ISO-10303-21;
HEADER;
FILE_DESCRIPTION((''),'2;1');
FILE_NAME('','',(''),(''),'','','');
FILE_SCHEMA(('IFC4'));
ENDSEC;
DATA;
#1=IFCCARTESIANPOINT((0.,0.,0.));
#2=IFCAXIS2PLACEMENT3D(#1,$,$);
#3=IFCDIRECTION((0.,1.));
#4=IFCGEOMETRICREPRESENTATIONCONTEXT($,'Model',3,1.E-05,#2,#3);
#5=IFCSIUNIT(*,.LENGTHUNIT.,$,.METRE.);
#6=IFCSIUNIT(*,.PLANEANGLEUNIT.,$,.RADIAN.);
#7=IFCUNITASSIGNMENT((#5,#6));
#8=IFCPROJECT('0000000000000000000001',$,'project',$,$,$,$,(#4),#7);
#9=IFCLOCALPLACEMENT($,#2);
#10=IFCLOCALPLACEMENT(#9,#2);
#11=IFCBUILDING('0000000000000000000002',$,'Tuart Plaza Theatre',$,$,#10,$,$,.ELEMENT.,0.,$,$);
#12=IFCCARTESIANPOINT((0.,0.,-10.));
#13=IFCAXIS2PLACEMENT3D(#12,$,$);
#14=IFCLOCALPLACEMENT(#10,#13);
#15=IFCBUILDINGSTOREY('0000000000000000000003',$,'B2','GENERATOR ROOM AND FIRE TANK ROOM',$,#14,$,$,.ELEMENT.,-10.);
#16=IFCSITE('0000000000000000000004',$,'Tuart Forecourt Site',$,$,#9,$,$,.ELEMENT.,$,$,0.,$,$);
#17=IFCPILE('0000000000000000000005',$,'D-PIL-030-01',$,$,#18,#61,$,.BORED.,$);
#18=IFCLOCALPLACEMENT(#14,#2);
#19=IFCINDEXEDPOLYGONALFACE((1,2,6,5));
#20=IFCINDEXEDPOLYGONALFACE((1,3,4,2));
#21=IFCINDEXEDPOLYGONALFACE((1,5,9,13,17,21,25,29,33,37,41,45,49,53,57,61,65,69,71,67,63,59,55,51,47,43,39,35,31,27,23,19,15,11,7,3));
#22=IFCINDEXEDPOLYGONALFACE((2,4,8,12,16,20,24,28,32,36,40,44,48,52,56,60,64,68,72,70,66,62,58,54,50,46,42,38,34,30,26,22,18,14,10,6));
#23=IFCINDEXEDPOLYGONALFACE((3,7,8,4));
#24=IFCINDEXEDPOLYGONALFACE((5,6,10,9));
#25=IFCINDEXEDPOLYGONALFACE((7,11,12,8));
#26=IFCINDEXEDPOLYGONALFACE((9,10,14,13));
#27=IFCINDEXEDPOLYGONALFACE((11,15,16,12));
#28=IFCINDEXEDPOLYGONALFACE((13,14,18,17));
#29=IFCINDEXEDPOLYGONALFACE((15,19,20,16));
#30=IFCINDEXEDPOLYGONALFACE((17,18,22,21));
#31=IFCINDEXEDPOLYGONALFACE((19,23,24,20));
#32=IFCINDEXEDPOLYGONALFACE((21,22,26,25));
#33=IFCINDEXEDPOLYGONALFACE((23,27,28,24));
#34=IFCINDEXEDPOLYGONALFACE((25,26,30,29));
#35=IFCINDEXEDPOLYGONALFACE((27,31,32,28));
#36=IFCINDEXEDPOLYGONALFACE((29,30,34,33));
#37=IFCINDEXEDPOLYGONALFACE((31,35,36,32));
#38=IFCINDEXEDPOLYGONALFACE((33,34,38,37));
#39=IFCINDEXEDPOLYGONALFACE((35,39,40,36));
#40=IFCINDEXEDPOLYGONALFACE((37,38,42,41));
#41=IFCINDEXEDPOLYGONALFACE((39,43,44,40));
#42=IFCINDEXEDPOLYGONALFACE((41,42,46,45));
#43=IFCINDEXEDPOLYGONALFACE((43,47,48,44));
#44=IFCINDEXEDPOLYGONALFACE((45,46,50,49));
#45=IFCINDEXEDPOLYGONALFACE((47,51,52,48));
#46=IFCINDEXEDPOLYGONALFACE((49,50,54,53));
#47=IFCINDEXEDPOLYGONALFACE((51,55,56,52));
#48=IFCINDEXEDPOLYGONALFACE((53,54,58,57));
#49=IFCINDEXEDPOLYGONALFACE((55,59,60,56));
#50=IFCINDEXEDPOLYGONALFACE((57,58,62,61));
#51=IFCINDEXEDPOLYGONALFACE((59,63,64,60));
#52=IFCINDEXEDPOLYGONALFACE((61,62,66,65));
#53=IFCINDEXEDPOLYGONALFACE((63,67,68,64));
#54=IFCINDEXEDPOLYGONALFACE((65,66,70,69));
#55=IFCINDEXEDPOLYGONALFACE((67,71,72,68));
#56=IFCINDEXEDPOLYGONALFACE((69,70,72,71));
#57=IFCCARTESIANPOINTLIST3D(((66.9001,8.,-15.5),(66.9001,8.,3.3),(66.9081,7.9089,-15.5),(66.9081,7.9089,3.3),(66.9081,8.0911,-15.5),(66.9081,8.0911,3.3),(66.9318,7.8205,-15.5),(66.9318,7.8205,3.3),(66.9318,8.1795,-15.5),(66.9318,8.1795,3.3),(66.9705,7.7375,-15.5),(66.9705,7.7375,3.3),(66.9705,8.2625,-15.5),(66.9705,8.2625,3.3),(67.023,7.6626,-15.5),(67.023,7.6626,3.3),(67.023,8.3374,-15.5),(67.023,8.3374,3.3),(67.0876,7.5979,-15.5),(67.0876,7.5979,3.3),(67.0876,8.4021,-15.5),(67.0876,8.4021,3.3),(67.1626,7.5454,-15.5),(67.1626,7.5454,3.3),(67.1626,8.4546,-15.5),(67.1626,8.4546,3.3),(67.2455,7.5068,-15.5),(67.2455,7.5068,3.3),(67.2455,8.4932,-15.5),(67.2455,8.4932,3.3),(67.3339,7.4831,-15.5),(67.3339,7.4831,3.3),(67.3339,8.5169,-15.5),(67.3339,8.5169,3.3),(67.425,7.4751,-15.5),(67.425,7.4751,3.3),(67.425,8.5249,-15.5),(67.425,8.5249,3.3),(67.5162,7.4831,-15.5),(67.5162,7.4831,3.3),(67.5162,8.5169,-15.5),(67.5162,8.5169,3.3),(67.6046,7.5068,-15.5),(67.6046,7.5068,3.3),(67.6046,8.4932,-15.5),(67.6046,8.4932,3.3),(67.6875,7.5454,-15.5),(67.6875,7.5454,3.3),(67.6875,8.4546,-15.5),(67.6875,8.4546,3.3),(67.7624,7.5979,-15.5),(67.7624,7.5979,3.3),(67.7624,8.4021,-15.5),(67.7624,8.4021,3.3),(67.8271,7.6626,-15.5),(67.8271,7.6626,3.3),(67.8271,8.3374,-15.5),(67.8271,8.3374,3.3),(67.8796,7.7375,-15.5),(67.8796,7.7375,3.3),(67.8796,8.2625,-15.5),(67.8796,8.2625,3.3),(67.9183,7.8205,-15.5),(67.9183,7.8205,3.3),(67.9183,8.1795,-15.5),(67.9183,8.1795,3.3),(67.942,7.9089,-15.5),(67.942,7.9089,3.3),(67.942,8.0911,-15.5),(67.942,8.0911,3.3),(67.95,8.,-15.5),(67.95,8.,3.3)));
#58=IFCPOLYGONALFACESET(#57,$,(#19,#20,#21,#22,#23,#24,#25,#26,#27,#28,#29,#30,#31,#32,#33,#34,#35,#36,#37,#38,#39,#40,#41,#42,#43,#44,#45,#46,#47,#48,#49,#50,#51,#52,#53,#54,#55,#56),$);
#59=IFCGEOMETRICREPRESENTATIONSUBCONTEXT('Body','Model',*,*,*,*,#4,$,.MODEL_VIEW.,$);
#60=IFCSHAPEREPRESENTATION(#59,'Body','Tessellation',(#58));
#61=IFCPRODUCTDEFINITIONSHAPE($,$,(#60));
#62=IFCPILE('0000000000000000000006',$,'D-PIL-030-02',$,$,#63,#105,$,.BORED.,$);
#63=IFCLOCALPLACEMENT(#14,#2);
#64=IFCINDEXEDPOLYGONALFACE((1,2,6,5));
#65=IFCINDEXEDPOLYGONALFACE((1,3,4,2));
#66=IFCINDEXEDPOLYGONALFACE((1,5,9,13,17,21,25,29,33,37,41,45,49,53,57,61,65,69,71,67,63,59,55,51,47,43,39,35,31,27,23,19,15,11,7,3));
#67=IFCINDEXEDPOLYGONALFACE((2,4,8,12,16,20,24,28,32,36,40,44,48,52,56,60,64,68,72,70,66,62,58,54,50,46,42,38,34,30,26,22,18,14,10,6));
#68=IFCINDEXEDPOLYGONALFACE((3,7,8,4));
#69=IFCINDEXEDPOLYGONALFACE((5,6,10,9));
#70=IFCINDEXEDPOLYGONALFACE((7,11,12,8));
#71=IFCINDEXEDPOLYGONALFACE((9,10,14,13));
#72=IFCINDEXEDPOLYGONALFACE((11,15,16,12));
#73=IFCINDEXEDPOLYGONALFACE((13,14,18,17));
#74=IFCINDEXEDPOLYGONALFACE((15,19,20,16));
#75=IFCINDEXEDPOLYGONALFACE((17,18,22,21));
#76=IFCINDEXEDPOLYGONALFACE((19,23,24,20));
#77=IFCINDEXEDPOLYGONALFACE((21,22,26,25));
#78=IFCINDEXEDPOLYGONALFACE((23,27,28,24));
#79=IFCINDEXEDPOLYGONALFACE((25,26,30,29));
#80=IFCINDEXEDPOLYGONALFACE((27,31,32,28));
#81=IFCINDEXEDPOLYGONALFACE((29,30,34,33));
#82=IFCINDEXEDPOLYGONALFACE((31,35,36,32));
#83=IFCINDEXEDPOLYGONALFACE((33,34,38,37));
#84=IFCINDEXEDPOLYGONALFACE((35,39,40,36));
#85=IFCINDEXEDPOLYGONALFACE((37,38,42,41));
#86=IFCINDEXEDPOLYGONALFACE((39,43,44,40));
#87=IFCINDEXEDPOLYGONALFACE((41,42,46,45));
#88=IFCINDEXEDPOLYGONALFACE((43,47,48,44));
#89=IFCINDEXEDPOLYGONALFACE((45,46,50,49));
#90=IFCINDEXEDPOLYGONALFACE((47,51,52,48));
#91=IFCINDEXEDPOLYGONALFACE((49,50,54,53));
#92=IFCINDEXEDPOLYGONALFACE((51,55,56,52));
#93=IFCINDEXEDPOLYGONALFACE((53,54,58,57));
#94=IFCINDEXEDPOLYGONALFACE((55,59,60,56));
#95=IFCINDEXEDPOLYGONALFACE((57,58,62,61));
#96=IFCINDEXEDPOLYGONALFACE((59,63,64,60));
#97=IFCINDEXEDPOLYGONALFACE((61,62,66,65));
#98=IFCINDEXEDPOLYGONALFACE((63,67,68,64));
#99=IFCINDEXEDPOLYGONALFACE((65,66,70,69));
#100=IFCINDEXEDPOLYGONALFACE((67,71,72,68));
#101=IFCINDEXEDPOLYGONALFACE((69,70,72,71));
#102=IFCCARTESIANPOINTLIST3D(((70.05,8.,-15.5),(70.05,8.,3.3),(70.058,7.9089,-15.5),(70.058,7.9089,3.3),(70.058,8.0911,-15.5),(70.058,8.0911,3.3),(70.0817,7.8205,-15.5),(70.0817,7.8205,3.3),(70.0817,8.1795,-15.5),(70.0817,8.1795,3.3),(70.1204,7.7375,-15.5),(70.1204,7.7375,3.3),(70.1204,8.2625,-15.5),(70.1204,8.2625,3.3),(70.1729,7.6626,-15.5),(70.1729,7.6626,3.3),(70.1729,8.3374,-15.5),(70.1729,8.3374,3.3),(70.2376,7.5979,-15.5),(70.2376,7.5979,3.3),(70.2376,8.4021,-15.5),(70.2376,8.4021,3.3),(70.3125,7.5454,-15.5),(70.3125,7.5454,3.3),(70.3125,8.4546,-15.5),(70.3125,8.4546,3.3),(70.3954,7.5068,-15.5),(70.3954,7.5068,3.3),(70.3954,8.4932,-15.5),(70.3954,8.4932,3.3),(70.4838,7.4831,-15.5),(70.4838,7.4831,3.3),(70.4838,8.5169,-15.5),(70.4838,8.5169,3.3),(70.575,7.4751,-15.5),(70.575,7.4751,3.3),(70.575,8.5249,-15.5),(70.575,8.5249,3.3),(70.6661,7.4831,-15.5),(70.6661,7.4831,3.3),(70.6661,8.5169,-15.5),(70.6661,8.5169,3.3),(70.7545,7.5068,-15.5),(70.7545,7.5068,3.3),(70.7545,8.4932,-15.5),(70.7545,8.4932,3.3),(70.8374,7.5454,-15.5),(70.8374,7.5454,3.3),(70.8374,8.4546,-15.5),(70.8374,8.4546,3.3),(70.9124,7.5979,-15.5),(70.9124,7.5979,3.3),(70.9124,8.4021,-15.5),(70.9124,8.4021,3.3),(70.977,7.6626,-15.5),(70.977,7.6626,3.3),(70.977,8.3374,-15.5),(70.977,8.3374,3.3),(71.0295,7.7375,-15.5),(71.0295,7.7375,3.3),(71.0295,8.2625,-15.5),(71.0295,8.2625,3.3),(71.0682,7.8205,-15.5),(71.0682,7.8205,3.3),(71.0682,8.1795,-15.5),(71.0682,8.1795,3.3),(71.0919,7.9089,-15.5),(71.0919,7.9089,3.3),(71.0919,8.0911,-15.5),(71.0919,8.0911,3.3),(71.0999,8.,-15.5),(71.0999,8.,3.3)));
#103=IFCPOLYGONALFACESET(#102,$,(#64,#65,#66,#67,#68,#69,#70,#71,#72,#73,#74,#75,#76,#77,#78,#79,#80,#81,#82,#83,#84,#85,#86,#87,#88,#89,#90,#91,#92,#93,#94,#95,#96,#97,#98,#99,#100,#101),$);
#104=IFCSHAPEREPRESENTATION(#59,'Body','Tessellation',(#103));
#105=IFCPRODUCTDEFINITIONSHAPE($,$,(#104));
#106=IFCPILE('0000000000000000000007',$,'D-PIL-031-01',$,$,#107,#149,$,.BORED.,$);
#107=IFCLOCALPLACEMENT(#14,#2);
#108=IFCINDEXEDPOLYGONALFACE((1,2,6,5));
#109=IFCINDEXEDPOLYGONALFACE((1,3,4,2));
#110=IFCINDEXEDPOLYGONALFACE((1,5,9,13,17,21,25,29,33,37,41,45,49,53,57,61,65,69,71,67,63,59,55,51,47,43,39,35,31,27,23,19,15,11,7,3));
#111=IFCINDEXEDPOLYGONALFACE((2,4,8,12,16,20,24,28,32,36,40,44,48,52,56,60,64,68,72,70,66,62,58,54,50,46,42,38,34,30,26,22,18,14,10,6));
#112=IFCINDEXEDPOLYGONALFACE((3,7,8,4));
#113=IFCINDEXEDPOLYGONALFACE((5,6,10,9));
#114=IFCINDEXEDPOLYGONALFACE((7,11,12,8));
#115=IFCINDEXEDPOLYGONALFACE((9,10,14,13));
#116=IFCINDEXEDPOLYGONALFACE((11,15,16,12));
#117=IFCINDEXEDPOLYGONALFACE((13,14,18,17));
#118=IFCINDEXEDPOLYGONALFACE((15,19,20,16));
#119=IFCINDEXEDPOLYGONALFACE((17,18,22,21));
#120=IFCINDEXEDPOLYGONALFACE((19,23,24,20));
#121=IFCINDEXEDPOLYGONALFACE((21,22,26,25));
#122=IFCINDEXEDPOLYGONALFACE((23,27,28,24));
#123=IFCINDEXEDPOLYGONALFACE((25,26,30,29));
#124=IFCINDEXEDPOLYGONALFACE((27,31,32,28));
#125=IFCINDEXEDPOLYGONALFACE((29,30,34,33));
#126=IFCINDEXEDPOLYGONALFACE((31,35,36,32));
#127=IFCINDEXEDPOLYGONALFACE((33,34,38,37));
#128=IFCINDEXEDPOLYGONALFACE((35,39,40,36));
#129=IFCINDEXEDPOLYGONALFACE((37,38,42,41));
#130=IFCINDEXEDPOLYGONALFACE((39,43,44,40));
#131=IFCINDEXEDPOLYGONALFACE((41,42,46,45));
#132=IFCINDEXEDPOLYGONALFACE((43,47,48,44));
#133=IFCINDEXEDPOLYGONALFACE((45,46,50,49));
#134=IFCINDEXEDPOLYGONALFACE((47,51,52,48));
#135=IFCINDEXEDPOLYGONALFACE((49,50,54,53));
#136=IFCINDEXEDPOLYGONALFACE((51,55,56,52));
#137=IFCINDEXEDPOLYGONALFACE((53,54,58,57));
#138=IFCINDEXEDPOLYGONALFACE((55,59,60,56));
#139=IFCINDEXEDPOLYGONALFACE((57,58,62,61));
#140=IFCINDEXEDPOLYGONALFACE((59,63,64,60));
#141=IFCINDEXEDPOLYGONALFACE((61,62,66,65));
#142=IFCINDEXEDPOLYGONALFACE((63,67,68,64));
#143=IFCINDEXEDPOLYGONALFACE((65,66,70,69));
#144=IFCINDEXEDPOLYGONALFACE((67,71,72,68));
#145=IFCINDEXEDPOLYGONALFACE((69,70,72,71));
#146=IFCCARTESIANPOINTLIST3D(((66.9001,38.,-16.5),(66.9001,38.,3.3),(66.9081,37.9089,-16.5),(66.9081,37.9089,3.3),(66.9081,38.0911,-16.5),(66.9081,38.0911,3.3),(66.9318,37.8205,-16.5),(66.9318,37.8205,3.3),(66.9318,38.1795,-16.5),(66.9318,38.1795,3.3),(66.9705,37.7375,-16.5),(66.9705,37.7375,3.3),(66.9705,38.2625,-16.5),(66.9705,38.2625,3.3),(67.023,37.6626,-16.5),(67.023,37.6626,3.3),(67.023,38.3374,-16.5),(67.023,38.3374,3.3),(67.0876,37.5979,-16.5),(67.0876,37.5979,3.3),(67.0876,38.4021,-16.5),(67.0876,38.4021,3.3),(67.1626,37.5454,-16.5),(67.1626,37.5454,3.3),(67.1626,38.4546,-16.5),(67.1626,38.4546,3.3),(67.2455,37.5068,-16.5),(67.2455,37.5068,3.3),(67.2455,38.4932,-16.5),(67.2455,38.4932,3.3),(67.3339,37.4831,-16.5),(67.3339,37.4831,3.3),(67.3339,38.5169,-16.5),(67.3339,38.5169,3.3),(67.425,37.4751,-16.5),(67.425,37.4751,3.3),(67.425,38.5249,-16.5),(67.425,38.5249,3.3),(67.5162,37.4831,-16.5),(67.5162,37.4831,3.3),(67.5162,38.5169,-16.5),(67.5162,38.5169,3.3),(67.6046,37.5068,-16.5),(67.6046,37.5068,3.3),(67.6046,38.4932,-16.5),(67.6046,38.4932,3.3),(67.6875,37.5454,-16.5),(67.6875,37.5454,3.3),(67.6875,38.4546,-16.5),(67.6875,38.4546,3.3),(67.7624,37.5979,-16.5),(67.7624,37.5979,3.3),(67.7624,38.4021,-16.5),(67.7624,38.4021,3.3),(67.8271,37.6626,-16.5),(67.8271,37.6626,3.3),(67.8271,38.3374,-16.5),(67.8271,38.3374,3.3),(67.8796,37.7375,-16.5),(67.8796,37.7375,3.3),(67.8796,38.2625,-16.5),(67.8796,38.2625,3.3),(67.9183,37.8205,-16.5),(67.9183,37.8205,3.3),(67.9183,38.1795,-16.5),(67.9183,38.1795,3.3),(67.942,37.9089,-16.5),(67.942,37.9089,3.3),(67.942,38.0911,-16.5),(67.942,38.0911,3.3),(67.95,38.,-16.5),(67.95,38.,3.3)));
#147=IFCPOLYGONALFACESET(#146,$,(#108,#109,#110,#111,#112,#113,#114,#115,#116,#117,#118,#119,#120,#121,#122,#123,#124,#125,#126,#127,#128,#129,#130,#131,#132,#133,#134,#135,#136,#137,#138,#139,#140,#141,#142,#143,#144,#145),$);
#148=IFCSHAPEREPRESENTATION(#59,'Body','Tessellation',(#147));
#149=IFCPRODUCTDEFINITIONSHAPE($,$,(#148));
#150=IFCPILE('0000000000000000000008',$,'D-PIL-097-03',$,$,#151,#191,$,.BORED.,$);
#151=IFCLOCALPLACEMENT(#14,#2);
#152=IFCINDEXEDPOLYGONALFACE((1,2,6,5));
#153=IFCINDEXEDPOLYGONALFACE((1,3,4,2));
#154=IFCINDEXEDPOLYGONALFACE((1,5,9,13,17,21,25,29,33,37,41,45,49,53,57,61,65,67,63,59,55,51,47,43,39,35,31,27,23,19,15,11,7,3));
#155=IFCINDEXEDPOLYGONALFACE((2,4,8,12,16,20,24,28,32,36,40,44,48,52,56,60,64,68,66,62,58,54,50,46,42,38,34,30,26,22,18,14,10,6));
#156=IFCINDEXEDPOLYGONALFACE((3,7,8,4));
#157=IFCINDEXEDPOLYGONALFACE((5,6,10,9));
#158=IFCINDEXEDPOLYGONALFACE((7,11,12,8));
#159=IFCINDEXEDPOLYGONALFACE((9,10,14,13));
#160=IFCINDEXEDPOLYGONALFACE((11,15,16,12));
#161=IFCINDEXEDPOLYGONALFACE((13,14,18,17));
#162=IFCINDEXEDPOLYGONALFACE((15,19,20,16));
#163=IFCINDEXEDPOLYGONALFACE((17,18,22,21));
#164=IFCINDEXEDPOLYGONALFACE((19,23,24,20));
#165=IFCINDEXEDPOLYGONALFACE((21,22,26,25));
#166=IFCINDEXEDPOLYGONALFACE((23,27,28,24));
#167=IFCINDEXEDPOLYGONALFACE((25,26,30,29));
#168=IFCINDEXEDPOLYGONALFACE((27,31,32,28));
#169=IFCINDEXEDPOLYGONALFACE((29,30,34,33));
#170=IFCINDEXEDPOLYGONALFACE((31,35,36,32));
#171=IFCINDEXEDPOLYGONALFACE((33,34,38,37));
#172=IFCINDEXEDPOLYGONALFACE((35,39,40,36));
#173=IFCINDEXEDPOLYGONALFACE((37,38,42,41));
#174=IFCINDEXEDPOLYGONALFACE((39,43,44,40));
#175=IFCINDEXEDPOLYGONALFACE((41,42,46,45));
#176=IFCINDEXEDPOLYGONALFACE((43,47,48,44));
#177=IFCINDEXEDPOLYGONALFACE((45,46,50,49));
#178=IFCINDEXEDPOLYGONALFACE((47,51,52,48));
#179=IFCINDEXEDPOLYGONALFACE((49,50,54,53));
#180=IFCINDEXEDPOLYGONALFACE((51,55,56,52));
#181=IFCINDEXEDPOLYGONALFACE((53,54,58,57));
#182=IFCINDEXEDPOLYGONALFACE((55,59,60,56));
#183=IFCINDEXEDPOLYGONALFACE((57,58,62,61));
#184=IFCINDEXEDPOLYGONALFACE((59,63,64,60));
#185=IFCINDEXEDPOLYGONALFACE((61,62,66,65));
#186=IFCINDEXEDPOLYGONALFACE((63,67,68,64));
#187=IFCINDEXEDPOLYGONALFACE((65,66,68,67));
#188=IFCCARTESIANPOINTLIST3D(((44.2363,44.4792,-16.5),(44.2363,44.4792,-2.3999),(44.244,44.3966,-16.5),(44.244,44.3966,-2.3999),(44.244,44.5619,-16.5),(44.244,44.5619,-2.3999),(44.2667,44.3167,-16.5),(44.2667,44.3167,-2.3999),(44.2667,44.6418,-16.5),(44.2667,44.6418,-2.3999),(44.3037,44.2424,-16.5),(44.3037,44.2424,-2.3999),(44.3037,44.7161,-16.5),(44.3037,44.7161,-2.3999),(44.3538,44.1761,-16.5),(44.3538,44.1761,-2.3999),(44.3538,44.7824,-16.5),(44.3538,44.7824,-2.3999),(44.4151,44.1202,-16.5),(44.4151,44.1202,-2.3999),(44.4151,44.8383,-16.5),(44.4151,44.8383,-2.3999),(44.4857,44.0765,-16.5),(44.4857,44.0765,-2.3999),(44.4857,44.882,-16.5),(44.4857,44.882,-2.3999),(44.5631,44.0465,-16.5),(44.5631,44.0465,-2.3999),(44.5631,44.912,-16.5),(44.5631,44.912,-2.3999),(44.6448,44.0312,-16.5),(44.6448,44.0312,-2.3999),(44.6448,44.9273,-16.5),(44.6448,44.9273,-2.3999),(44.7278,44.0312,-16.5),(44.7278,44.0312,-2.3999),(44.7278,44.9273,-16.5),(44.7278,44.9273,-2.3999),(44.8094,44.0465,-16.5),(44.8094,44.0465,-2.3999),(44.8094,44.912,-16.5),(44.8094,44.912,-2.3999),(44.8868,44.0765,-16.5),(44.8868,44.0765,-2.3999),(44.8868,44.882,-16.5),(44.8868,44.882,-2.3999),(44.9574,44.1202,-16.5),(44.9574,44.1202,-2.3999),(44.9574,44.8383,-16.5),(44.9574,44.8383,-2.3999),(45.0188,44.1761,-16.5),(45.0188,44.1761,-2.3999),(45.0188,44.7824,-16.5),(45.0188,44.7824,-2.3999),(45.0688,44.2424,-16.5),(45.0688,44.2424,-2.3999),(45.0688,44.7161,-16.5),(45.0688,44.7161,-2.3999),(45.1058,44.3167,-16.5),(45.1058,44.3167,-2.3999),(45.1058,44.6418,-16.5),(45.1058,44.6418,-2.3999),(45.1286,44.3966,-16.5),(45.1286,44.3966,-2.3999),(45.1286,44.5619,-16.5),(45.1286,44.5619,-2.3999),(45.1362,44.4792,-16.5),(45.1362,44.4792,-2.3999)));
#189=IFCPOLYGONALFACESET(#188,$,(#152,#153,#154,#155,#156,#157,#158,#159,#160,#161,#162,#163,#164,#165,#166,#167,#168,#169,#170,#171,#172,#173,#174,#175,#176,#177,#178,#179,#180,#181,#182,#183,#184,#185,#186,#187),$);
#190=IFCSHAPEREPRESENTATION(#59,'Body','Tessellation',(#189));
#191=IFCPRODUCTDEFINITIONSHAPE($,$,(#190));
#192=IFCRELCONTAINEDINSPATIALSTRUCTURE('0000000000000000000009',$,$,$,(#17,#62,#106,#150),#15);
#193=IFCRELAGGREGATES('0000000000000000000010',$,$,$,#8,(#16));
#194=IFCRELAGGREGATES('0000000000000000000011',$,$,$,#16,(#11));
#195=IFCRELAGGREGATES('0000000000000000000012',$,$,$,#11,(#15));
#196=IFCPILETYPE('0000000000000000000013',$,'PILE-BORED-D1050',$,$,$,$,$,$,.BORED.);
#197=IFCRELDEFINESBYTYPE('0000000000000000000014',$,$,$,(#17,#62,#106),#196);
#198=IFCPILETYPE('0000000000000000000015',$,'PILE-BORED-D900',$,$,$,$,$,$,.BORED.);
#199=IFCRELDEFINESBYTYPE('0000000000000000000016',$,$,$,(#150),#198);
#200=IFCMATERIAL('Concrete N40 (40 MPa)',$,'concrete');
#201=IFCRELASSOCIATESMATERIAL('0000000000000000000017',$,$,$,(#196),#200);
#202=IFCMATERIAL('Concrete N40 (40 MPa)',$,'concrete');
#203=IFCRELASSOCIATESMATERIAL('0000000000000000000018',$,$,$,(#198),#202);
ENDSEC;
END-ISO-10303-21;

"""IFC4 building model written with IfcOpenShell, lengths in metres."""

from ifc_helpers import new_model, si_unit, direction, frame, origin, origin_2d, place, context, subcontext, project, spatial, circle, extrude, material, material_profile, profile_set, type_object, element, save


model = new_model("IFC4")

# Units and contexts
model_context = context("Model", 3, precision=1e-05, world=origin(), true_north=direction((0.0, 1.0)))
body_context = subcontext(model_context, "Body", "Model", "MODEL_VIEW")
ifc_project = project(units=[si_unit("LENGTHUNIT", "METRE"), si_unit("PLANEANGLEUNIT", "RADIAN")], contexts=[model_context])

# Site, building, storey
site_placement = place(None, origin())
site = spatial("IfcSite", under=ifc_project, at=site_placement, Name="Tuart Forecourt Site", CompositionType="ELEMENT", RefElevation=0.0)
building_placement = place(site_placement, origin())
building = spatial("IfcBuilding", under=site, at=building_placement, Name="Tuart Plaza Theatre", CompositionType="ELEMENT", ElevationOfRefHeight=0.0)
storey_placement = place(building_placement, frame((0.0, 0.0, -10.0)))
storey = spatial("IfcBuildingStorey", under=building, at=storey_placement, Name="B2", Description="GENERATOR ROOM AND FIRE TANK ROOM", CompositionType="ELEMENT", Elevation=-10.0)

# Piles
ifc_material_1 = material(Name="Concrete N40 (40 MPa)", Category="concrete")
ifc_material_profile_1 = material_profile(ifc_material_1, circle(Radius=0.5249, at=origin_2d()), Name="PILE-BORED-D1050")
ifc_profile_set_1 = profile_set([ifc_material_profile_1], Name="Concrete N40 (40 MPa)")
pile_type_1 = type_object("IfcPileType", Name="PILE-BORED-D1050", PredefinedType="BORED", material=ifc_profile_set_1)
for number, where, z_axis, x_axis, name in (
    (1, (67.425, 8.0, 3.3), (0.0, 0.0, -1.0), (1.0, 0.0, 0.0), "D-PIL-030-01"),
    (2, (70.575, 8.0, 3.3), (0.0, 0.0, -1.0), (1.0, 0.0, 0.0), "D-PIL-030-02"),
):
    element("IfcPile", number, at=place(storey_placement, frame(where, z_axis=z_axis, x_axis=x_axis)), inside=storey, type_object=pile_type_1, Name=name, PredefinedType="BORED", context=body_context, shape_type="SweptSolid", body=[
        extrude(circle(Radius=0.5249, at=origin_2d()), origin(), (0.0, 0.0, 1.0), 18.8),
    ])
pile_1_placement = place(storey_placement, frame((67.425, 38.0, 3.3), z_axis=(0.0, 0.0, -1.0), x_axis=(1.0, 0.0, 0.0)))
element("IfcPile", 3, at=pile_1_placement, inside=storey, type_object=pile_type_1, Name="D-PIL-031-01", PredefinedType="BORED", context=body_context, shape_type="SweptSolid", body=[
    extrude(circle(Radius=0.5249, at=origin_2d()), origin(), (0.0, 0.0, 1.0), 19.8),
])
ifc_material_2 = material(Name="Concrete N40 (40 MPa)", Category="concrete")
ifc_material_profile_2 = material_profile(ifc_material_2, circle(Radius=0.45, at=origin_2d()), Name="PILE-BORED-D900")
ifc_profile_set_2 = profile_set([ifc_material_profile_2], Name="Concrete N40 (40 MPa)")
pile_type_2 = type_object("IfcPileType", Name="PILE-BORED-D900", PredefinedType="BORED", material=ifc_profile_set_2)
pile_2_placement = place(storey_placement, frame((44.6863, 44.4792, -2.3999), z_axis=(0.0, 0.0, -1.0), x_axis=(1.0, 0.0, 0.0)))
element("IfcPile", 4, at=pile_2_placement, inside=storey, type_object=pile_type_2, Name="D-PIL-097-03", PredefinedType="BORED", context=body_context, shape_type="SweptSolid", body=[
    extrude(circle(Radius=0.45, at=origin_2d()), origin(), (0.0, 0.0, 1.0), 14.1001),
])

save(model, "model.ifc")
